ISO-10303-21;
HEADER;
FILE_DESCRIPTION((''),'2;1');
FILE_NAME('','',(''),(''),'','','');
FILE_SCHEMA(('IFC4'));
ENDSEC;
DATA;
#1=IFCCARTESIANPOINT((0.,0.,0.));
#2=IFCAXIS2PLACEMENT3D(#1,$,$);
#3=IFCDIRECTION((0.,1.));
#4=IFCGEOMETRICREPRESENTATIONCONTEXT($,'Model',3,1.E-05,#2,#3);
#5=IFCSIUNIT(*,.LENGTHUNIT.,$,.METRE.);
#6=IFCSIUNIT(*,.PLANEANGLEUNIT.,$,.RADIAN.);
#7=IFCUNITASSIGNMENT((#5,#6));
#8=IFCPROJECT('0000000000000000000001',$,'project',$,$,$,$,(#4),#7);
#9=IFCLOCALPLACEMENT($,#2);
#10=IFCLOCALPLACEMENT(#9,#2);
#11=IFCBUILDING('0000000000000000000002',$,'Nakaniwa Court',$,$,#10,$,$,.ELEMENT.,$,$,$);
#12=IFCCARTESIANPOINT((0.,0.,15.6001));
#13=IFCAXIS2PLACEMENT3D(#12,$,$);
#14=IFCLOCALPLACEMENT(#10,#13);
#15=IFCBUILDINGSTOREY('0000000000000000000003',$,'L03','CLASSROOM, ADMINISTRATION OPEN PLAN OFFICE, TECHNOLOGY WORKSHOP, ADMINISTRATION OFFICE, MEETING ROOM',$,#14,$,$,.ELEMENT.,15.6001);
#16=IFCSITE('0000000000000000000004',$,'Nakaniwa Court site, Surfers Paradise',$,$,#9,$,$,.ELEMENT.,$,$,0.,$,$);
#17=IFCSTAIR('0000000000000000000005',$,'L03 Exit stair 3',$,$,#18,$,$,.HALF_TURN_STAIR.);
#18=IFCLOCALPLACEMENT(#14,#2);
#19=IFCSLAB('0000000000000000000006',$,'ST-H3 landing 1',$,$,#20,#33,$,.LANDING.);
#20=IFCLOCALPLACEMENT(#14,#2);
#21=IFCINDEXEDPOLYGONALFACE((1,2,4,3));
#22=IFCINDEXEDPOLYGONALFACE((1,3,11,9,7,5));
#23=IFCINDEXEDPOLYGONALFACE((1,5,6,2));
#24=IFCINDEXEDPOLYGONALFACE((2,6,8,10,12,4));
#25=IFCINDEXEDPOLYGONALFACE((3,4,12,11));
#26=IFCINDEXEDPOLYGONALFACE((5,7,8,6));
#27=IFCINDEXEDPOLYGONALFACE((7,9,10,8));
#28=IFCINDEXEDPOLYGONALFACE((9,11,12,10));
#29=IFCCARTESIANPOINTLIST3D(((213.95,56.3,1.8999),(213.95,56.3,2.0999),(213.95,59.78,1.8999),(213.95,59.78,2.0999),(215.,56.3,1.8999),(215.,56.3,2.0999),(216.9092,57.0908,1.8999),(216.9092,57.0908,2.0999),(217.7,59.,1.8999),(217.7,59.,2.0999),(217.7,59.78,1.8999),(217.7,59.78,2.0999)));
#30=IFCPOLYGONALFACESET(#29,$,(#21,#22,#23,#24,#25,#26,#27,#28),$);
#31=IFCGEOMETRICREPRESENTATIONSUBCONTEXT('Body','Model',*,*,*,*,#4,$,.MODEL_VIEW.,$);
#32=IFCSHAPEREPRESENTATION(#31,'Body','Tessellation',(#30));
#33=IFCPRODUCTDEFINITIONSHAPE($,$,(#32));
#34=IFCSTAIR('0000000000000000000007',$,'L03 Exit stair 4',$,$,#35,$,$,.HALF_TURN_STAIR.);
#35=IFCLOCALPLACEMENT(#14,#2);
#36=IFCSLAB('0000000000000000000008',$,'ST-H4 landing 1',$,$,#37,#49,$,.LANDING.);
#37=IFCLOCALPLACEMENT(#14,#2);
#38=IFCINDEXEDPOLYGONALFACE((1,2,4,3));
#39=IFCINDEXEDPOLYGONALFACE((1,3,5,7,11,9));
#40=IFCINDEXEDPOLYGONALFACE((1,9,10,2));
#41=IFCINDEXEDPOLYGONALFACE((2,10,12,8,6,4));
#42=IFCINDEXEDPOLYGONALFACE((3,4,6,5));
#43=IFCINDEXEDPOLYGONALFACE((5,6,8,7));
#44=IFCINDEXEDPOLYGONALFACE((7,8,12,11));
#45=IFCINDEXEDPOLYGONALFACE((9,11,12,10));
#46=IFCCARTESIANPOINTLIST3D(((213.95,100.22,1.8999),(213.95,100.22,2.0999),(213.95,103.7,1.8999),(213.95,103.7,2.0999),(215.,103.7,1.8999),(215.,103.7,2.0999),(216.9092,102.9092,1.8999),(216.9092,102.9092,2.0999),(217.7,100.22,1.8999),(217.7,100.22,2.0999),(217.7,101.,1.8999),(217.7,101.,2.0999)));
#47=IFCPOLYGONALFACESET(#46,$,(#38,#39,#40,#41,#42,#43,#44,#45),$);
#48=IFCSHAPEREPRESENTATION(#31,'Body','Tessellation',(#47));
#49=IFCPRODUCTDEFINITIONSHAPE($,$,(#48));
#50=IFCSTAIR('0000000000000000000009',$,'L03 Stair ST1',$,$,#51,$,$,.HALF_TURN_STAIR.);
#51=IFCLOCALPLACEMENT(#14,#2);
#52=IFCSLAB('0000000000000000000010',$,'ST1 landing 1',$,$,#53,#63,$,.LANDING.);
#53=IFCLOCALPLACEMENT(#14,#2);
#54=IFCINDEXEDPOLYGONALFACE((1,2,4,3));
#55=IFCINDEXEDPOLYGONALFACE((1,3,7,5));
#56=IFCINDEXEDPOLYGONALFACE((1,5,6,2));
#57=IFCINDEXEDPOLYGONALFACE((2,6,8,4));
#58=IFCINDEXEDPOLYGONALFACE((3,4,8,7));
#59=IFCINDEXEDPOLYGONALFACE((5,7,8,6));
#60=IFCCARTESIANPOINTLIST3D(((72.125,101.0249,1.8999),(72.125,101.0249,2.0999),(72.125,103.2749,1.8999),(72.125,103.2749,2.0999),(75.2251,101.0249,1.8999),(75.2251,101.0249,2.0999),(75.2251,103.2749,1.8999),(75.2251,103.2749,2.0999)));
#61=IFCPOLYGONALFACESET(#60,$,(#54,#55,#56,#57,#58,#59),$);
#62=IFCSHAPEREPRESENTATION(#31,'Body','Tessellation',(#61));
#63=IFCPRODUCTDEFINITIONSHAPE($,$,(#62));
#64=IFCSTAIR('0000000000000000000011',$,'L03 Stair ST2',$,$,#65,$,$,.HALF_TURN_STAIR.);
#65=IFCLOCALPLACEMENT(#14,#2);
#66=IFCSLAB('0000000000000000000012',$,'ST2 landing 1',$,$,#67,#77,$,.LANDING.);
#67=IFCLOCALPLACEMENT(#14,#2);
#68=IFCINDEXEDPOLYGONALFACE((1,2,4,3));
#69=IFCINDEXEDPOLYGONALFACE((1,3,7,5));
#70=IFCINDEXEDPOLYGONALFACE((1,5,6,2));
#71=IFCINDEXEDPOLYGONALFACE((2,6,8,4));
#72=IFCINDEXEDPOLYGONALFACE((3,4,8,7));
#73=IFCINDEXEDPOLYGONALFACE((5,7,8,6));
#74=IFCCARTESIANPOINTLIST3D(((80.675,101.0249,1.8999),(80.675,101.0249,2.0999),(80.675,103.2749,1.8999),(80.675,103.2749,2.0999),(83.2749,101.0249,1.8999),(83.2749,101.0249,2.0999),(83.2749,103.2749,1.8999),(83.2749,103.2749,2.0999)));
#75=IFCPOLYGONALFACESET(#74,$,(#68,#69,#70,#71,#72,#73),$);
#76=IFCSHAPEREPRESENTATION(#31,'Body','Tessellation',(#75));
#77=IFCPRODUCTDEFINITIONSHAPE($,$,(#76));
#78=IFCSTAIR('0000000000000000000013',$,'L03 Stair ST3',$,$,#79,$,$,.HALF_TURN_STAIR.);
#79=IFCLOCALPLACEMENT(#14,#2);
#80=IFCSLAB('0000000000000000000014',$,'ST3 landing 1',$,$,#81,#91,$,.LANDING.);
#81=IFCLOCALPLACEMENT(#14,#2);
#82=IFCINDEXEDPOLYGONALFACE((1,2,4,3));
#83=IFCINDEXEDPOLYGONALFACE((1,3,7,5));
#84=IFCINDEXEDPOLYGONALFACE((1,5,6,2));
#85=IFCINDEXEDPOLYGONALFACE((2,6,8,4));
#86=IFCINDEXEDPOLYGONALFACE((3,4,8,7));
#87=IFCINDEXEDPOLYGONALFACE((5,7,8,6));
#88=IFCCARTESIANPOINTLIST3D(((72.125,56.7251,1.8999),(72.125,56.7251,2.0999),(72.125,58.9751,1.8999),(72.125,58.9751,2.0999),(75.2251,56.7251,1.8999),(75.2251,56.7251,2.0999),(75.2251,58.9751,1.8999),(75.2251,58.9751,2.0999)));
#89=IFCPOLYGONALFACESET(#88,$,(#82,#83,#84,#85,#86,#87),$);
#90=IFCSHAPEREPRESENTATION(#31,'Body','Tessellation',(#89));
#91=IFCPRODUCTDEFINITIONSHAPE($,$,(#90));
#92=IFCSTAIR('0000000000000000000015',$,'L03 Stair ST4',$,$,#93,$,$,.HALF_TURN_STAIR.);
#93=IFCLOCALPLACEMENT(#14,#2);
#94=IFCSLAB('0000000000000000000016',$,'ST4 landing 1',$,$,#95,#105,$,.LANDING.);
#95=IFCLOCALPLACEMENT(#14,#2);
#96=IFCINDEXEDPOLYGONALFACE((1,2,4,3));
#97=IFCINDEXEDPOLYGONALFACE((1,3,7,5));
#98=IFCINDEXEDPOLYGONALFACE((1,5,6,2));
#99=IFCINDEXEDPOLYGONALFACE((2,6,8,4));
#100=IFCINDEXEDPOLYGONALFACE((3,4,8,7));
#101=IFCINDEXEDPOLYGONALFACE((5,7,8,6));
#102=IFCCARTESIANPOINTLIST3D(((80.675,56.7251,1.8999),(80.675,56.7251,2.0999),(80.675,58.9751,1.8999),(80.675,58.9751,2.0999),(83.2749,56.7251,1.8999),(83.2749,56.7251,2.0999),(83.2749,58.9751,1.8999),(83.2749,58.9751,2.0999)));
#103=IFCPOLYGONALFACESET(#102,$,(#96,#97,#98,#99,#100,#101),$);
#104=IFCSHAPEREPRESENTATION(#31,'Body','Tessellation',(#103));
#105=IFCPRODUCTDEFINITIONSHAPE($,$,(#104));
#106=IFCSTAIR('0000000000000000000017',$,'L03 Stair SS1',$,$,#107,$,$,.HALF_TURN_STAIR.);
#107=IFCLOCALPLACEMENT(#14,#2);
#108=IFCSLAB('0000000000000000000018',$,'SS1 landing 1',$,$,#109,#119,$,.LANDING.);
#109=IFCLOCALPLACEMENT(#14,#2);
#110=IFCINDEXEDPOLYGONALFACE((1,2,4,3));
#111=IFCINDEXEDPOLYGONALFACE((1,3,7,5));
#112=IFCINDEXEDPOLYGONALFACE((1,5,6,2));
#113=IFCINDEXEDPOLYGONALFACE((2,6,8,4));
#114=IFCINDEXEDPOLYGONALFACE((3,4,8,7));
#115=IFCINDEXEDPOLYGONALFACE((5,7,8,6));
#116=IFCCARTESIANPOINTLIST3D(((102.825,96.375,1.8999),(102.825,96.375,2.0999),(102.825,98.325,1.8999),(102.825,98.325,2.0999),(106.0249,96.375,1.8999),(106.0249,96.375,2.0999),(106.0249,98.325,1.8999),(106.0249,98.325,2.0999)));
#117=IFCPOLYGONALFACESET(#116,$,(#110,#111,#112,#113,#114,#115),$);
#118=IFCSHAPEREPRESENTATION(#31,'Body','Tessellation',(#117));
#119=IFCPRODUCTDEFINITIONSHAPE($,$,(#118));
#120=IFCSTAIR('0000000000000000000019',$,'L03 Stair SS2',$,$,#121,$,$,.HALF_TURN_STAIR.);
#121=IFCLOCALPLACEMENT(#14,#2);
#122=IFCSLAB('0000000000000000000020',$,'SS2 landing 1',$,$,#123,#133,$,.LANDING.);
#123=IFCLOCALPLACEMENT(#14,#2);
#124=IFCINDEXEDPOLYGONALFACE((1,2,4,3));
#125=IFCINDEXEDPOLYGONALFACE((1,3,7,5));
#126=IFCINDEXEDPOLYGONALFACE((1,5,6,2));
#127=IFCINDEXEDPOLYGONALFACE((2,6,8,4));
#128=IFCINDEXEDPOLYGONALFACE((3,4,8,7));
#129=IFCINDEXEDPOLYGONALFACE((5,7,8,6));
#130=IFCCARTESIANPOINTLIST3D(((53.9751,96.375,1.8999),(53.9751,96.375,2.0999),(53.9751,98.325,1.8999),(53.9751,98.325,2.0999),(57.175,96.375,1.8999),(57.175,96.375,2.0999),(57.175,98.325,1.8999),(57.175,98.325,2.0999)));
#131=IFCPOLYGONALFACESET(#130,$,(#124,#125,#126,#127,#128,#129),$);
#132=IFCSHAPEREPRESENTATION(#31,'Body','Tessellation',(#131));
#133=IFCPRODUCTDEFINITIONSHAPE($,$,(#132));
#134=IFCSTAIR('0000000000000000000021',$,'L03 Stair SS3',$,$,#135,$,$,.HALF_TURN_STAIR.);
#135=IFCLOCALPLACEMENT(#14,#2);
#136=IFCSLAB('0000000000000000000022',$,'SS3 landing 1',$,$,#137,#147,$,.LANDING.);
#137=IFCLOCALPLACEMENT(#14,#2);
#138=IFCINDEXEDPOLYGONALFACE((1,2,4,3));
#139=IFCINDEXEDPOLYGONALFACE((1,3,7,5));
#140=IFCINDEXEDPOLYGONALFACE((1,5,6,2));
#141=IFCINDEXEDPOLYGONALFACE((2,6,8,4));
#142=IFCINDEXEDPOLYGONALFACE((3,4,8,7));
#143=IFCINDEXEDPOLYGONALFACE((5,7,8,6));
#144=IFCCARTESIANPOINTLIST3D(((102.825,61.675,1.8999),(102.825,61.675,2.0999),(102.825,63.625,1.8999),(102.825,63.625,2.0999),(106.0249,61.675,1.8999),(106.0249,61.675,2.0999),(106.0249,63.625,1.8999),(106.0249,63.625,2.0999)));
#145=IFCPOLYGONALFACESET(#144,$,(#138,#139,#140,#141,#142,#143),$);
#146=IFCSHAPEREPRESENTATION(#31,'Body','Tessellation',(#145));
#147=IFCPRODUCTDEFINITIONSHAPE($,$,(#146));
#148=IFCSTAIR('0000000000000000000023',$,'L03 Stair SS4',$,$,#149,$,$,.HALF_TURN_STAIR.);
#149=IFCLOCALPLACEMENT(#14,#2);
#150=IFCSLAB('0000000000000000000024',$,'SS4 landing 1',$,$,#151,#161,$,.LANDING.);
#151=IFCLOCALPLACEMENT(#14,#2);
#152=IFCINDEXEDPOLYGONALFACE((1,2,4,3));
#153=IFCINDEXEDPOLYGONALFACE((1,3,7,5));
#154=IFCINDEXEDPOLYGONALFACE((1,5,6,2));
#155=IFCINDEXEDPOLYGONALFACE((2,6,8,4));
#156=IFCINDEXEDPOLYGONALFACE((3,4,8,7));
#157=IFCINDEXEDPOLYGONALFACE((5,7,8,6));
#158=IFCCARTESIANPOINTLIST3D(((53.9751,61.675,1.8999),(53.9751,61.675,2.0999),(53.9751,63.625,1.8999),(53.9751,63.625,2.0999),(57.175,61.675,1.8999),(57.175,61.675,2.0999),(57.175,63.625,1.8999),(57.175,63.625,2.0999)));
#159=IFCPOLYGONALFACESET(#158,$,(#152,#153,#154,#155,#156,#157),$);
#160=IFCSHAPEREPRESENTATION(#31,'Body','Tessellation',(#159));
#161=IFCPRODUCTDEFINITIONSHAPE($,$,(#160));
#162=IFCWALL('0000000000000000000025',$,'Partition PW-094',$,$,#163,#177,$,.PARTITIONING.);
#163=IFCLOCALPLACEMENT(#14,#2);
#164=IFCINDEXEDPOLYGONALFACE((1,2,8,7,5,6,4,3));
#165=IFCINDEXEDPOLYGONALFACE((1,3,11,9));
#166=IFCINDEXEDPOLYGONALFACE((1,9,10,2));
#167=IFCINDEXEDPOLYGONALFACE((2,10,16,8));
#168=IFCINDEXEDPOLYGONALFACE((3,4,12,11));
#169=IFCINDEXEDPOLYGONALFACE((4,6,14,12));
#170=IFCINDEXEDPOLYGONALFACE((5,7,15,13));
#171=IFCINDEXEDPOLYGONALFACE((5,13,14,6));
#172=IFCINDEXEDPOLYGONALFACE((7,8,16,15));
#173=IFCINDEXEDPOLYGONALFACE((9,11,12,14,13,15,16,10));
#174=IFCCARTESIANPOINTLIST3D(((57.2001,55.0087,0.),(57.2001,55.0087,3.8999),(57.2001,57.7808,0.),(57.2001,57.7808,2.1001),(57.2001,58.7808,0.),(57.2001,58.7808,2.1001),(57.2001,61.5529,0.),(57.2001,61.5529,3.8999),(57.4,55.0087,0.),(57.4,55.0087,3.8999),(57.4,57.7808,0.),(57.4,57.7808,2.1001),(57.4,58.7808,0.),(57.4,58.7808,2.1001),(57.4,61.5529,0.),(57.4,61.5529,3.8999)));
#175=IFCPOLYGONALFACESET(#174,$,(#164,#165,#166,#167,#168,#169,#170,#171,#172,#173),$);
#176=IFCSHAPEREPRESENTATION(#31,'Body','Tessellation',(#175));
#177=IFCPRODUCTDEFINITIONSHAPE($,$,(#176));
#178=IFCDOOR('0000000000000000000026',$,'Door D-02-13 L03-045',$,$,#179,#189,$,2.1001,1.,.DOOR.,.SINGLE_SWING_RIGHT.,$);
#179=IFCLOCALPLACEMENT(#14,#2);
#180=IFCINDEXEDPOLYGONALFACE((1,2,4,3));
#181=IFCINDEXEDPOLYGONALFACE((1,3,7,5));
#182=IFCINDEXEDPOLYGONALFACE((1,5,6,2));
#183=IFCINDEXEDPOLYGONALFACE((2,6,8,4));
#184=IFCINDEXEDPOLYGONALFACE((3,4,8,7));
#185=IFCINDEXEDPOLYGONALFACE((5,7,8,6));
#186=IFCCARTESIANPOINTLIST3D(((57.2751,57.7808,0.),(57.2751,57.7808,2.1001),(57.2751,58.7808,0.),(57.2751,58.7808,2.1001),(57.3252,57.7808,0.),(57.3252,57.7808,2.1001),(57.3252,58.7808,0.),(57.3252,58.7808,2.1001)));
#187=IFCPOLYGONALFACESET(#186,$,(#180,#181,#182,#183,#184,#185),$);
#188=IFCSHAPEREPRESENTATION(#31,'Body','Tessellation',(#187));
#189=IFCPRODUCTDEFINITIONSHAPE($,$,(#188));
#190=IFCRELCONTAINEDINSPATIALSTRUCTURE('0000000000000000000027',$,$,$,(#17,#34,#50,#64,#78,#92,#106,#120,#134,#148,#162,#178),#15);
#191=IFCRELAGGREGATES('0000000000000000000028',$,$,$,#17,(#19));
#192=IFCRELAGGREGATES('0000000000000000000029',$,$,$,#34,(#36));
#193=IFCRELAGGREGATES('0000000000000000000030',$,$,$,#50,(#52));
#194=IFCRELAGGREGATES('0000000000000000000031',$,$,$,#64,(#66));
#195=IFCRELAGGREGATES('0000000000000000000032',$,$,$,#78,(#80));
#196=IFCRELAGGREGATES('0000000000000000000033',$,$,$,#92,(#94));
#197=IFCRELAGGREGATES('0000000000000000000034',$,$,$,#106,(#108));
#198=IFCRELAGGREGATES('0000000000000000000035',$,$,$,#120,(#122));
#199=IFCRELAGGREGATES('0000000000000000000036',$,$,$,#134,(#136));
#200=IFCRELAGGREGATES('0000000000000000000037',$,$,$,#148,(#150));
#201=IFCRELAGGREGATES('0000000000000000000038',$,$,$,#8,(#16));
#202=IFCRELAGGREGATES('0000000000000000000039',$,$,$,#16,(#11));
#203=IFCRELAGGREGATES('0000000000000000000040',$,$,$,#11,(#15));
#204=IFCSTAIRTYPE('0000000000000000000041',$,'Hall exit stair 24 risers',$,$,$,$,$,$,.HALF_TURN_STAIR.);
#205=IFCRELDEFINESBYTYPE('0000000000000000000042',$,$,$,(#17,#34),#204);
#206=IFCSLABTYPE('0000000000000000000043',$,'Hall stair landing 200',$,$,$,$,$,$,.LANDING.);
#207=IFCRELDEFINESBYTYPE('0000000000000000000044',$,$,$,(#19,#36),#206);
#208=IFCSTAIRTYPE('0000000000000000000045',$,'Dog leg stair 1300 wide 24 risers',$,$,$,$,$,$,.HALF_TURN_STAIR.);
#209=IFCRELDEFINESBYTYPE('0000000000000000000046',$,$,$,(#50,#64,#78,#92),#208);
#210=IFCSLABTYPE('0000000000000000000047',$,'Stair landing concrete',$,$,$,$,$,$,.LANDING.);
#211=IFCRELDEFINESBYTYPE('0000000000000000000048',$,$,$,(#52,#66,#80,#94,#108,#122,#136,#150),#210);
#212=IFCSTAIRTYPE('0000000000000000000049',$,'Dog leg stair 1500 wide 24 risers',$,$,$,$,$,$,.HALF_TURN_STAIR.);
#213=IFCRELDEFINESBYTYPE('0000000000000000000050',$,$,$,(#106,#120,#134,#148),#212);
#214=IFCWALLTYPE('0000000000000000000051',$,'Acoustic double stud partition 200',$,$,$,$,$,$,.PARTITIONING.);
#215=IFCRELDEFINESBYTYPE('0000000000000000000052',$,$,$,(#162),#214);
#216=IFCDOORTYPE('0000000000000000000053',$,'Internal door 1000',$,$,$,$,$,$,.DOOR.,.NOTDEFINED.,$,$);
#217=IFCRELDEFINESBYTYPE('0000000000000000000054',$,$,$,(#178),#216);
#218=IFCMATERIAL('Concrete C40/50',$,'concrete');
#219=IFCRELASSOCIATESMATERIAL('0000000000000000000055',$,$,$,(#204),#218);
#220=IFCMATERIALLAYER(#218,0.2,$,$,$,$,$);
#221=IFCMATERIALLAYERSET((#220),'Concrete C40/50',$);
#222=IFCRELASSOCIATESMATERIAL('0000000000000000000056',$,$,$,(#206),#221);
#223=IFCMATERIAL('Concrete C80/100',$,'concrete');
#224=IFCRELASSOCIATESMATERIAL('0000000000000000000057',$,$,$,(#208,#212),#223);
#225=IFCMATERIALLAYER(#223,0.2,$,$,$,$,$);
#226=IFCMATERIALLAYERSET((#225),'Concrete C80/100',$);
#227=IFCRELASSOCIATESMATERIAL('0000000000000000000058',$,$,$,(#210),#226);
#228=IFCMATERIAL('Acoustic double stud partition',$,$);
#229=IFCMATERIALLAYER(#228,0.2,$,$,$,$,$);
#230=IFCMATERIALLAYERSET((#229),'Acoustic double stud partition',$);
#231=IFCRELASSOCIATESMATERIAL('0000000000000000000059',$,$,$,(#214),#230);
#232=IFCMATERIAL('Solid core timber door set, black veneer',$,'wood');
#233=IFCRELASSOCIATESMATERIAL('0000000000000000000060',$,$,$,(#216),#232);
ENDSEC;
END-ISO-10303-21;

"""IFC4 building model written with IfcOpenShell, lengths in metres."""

from ifc_helpers import new_model, si_unit, direction, frame, frame_2d, origin, place, context, subcontext, project, spatial, polyline, rectangle, outline, extrude, material, layer, layer_set, type_object, element, fill, aggregate, save


model = new_model("IFC4")

# Units and contexts
model_context = context("Model", 3, precision=1e-05, world=origin(), true_north=direction((0.0, 1.0)))
body_context = subcontext(model_context, "Body", "Model", "MODEL_VIEW")
ifc_project = project(units=[si_unit("LENGTHUNIT", "METRE"), si_unit("PLANEANGLEUNIT", "RADIAN")], contexts=[model_context])

# Site, building, storey
site_placement = place(None, origin())
site = spatial("IfcSite", under=ifc_project, at=site_placement, Name="Nakaniwa Court site, Surfers Paradise", CompositionType="ELEMENT", RefElevation=0.0)
building_placement = place(site_placement, origin())
building = spatial("IfcBuilding", under=site, at=building_placement, Name="Nakaniwa Court", CompositionType="ELEMENT")
storey_placement = place(building_placement, frame((0.0, 0.0, 15.6001)))
storey = spatial("IfcBuildingStorey", under=building, at=storey_placement, Name="L03", Description="CLASSROOM, ADMINISTRATION OPEN PLAN OFFICE, TECHNOLOGY WORKSHOP, ADMINISTRATION OFFICE, MEETING ROOM", CompositionType="ELEMENT", Elevation=15.6001)

# Shared definitions
ifc_material_1 = material(Name="Concrete C40/50", Category="concrete")

# Stairs, slabs
stair_type_1 = type_object("IfcStairType", Name="Hall exit stair 24 risers", PredefinedType="HALF_TURN_STAIR", material=ifc_material_1)
ifc_layer_1 = layer(ifc_material_1, 0.2)
ifc_layer_set_1 = layer_set([ifc_layer_1], Name="Concrete C40/50")
slab_type_1 = type_object("IfcSlabType", Name="Hall stair landing 200", PredefinedType="LANDING", material=ifc_layer_set_1)
stair_1_placement = place(storey_placement, origin())
stair_1 = element("IfcStair", 1, at=stair_1_placement, inside=storey, type_object=stair_type_1, Name="L03 Exit stair 3", PredefinedType="HALF_TURN_STAIR")
slab_1_placement = place(storey_placement, frame((0.0, 0.0, 1.8999)))
slab_1 = element("IfcSlab", 2, at=slab_1_placement, type_object=slab_type_1, Name="ST-H3 landing 1", PredefinedType="LANDING", context=body_context, shape_type="SweptSolid", body=[
    extrude(outline(polyline([(213.95, 56.3), (215.0, 56.3), (216.9092, 57.0908), (217.7, 59.0), (217.7, 59.78), (213.95, 59.78), (213.95, 56.3)])), origin(), (0.0, 0.0, 1.0), 0.2),
])
aggregate(stair_1, [slab_1])
stair_2_placement = place(storey_placement, origin())
stair_2 = element("IfcStair", 3, at=stair_2_placement, inside=storey, type_object=stair_type_1, Name="L03 Exit stair 4", PredefinedType="HALF_TURN_STAIR")
slab_2_placement = place(storey_placement, frame((0.0, 0.0, 1.8999)))
slab_2 = element("IfcSlab", 4, at=slab_2_placement, type_object=slab_type_1, Name="ST-H4 landing 1", PredefinedType="LANDING", context=body_context, shape_type="SweptSolid", body=[
    extrude(outline(polyline([(217.7, 101.0), (216.9092, 102.9092), (215.0, 103.7), (213.95, 103.7), (213.95, 100.22), (217.7, 100.22), (217.7, 101.0)])), origin(), (0.0, 0.0, 1.0), 0.2),
])
aggregate(stair_2, [slab_2])
ifc_material_2 = material(Name="Concrete C80/100", Category="concrete")
stair_type_2 = type_object("IfcStairType", Name="Dog leg stair 1300 wide 24 risers", PredefinedType="HALF_TURN_STAIR", material=ifc_material_2)
stair_3_placement = place(storey_placement, origin())
stair_3 = element("IfcStair", 5, at=stair_3_placement, inside=storey, type_object=stair_type_2, Name="L03 Stair ST1", PredefinedType="HALF_TURN_STAIR")
ifc_layer_2 = layer(ifc_material_2, 0.2)
ifc_layer_set_2 = layer_set([ifc_layer_2], Name="Concrete C80/100")
slab_type_2 = type_object("IfcSlabType", Name="Stair landing concrete", PredefinedType="LANDING", material=ifc_layer_set_2)
slab_3_placement = place(storey_placement, frame((0.0, 0.0, 1.8999)))
slab_3 = element("IfcSlab", 6, at=slab_3_placement, type_object=slab_type_2, Name="ST1 landing 1", PredefinedType="LANDING", context=body_context, shape_type="SweptSolid", body=[
    extrude(outline(polyline([(75.2251, 101.0249), (75.2251, 103.2749), (72.125, 103.2749), (72.125, 101.0249), (75.2251, 101.0249)])), origin(), (0.0, 0.0, 1.0), 0.2),
])
aggregate(stair_3, [slab_3])
stair_4_placement = place(storey_placement, origin())
stair_4 = element("IfcStair", 7, at=stair_4_placement, inside=storey, type_object=stair_type_2, Name="L03 Stair ST2", PredefinedType="HALF_TURN_STAIR")
slab_4_placement = place(storey_placement, frame((0.0, 0.0, 1.8999)))
slab_4 = element("IfcSlab", 8, at=slab_4_placement, type_object=slab_type_2, Name="ST2 landing 1", PredefinedType="LANDING", context=body_context, shape_type="SweptSolid", body=[
    extrude(outline(polyline([(83.2749, 101.0249), (83.2749, 103.2749), (80.675, 103.2749), (80.675, 101.0249), (83.2749, 101.0249)])), origin(), (0.0, 0.0, 1.0), 0.2),
])
aggregate(stair_4, [slab_4])
stair_5_placement = place(storey_placement, origin())
stair_5 = element("IfcStair", 9, at=stair_5_placement, inside=storey, type_object=stair_type_2, Name="L03 Stair ST3", PredefinedType="HALF_TURN_STAIR")
slab_5_placement = place(storey_placement, frame((0.0, 0.0, 1.8999)))
slab_5 = element("IfcSlab", 10, at=slab_5_placement, type_object=slab_type_2, Name="ST3 landing 1", PredefinedType="LANDING", context=body_context, shape_type="SweptSolid", body=[
    extrude(outline(polyline([(75.2251, 56.7251), (75.2251, 58.9751), (72.125, 58.9751), (72.125, 56.7251), (75.2251, 56.7251)])), origin(), (0.0, 0.0, 1.0), 0.2),
])
aggregate(stair_5, [slab_5])
stair_6_placement = place(storey_placement, origin())
stair_6 = element("IfcStair", 11, at=stair_6_placement, inside=storey, type_object=stair_type_2, Name="L03 Stair ST4", PredefinedType="HALF_TURN_STAIR")
slab_6_placement = place(storey_placement, frame((0.0, 0.0, 1.8999)))
slab_6 = element("IfcSlab", 12, at=slab_6_placement, type_object=slab_type_2, Name="ST4 landing 1", PredefinedType="LANDING", context=body_context, shape_type="SweptSolid", body=[
    extrude(outline(polyline([(83.2749, 56.7251), (83.2749, 58.9751), (80.675, 58.9751), (80.675, 56.7251), (83.2749, 56.7251)])), origin(), (0.0, 0.0, 1.0), 0.2),
])
aggregate(stair_6, [slab_6])
stair_type_3 = type_object("IfcStairType", Name="Dog leg stair 1500 wide 24 risers", PredefinedType="HALF_TURN_STAIR", material=ifc_material_2)
stair_7_placement = place(storey_placement, origin())
stair_7 = element("IfcStair", 13, at=stair_7_placement, inside=storey, type_object=stair_type_3, Name="L03 Stair SS1", PredefinedType="HALF_TURN_STAIR")
slab_7_placement = place(storey_placement, frame((0.0, 0.0, 1.8999)))
slab_7 = element("IfcSlab", 14, at=slab_7_placement, type_object=slab_type_2, Name="SS1 landing 1", PredefinedType="LANDING", context=body_context, shape_type="SweptSolid", body=[
    extrude(outline(polyline([(106.0249, 96.375), (106.0249, 98.325), (102.825, 98.325), (102.825, 96.375), (106.0249, 96.375)])), origin(), (0.0, 0.0, 1.0), 0.2),
])
aggregate(stair_7, [slab_7])
stair_8_placement = place(storey_placement, origin())
stair_8 = element("IfcStair", 15, at=stair_8_placement, inside=storey, type_object=stair_type_3, Name="L03 Stair SS2", PredefinedType="HALF_TURN_STAIR")
slab_8_placement = place(storey_placement, frame((0.0, 0.0, 1.8999)))
slab_8 = element("IfcSlab", 16, at=slab_8_placement, type_object=slab_type_2, Name="SS2 landing 1", PredefinedType="LANDING", context=body_context, shape_type="SweptSolid", body=[
    extrude(outline(polyline([(57.175, 96.375), (57.175, 98.325), (53.9751, 98.325), (53.9751, 96.375), (57.175, 96.375)])), origin(), (0.0, 0.0, 1.0), 0.2),
])
aggregate(stair_8, [slab_8])
stair_9_placement = place(storey_placement, origin())
stair_9 = element("IfcStair", 17, at=stair_9_placement, inside=storey, type_object=stair_type_3, Name="L03 Stair SS3", PredefinedType="HALF_TURN_STAIR")
slab_9_placement = place(storey_placement, frame((0.0, 0.0, 1.8999)))
slab_9 = element("IfcSlab", 18, at=slab_9_placement, type_object=slab_type_2, Name="SS3 landing 1", PredefinedType="LANDING", context=body_context, shape_type="SweptSolid", body=[
    extrude(outline(polyline([(106.0249, 61.675), (106.0249, 63.625), (102.825, 63.625), (102.825, 61.675), (106.0249, 61.675)])), origin(), (0.0, 0.0, 1.0), 0.2),
])
aggregate(stair_9, [slab_9])
stair_10_placement = place(storey_placement, origin())
stair_10 = element("IfcStair", 19, at=stair_10_placement, inside=storey, type_object=stair_type_3, Name="L03 Stair SS4", PredefinedType="HALF_TURN_STAIR")
slab_10_placement = place(storey_placement, frame((0.0, 0.0, 1.8999)))
slab_10 = element("IfcSlab", 20, at=slab_10_placement, type_object=slab_type_2, Name="SS4 landing 1", PredefinedType="LANDING", context=body_context, shape_type="SweptSolid", body=[
    extrude(outline(polyline([(57.175, 61.675), (57.175, 63.625), (53.9751, 63.625), (53.9751, 61.675), (57.175, 61.675)])), origin(), (0.0, 0.0, 1.0), 0.2),
])
aggregate(stair_10, [slab_10])

# Wall, opening, door
ifc_material_3 = material(Name="Acoustic double stud partition")
ifc_layer_3 = layer(ifc_material_3, 0.2)
ifc_layer_set_3 = layer_set([ifc_layer_3], Name="Acoustic double stud partition")
wall_type_1 = type_object("IfcWallType", Name="Acoustic double stud partition 200", PredefinedType="PARTITIONING", material=ifc_layer_set_3)
wall_1_placement = place(storey_placement, frame((57.3, 55.0088, 0.0), z_axis=(0.0, 0.0, 1.0), x_axis=(0.0, 1.0, 0.0)))
wall_1 = element("IfcWall", 21, at=wall_1_placement, inside=storey, type_object=wall_type_1, Name="Partition PW-094", PredefinedType="PARTITIONING", context=body_context, shape_type="SweptSolid", body=[
    extrude(rectangle(XDim=6.5442, YDim=0.2, at=frame_2d((3.272, 0.0))), origin(), (0.0, 0.0, 1.0), 3.8999),
])
opening_1_placement = place(wall_1_placement, frame((2.772, 0.0, 0.0)))
opening_1 = element("IfcOpeningElement", 22, at=opening_1_placement, cuts=wall_1, PredefinedType="OPENING", context=body_context, shape_type="SweptSolid", body=[
    extrude(rectangle(XDim=1.0, YDim=2.1001, at=frame_2d((0.5, 1.05))), frame((0.0, 0.1099, 0.0), z_axis=(0.0, -1.0, 0.0), x_axis=(1.0, 0.0, 0.0)), (0.0, 0.0, 1.0), 0.22),
])
ifc_material_4 = material(Name="Solid core timber door set, black veneer", Category="wood")
door_type = type_object("IfcDoorType", Name="Internal door 1000", OperationType="NOTDEFINED", PredefinedType="DOOR", material=ifc_material_4)
door_placement = place(opening_1_placement, origin())
door = element("IfcDoor", 23, at=door_placement, inside=storey, type_object=door_type, Name="Door D-02-13 L03-045", OperationType="SINGLE_SWING_RIGHT", OverallHeight=2.1001, OverallWidth=1.0, PredefinedType="DOOR", context=body_context, shape_type="SweptSolid", body=[
    extrude(rectangle(XDim=1.0, YDim=2.1001, at=frame_2d((0.5, 1.05))), frame((0.0, 0.0249, 0.0), z_axis=(0.0, -1.0, 0.0), x_axis=(1.0, 0.0, 0.0)), (0.0, 0.0, 1.0), 0.05),
])
fill(opening_1, door)

save(model, "model.ifc")
